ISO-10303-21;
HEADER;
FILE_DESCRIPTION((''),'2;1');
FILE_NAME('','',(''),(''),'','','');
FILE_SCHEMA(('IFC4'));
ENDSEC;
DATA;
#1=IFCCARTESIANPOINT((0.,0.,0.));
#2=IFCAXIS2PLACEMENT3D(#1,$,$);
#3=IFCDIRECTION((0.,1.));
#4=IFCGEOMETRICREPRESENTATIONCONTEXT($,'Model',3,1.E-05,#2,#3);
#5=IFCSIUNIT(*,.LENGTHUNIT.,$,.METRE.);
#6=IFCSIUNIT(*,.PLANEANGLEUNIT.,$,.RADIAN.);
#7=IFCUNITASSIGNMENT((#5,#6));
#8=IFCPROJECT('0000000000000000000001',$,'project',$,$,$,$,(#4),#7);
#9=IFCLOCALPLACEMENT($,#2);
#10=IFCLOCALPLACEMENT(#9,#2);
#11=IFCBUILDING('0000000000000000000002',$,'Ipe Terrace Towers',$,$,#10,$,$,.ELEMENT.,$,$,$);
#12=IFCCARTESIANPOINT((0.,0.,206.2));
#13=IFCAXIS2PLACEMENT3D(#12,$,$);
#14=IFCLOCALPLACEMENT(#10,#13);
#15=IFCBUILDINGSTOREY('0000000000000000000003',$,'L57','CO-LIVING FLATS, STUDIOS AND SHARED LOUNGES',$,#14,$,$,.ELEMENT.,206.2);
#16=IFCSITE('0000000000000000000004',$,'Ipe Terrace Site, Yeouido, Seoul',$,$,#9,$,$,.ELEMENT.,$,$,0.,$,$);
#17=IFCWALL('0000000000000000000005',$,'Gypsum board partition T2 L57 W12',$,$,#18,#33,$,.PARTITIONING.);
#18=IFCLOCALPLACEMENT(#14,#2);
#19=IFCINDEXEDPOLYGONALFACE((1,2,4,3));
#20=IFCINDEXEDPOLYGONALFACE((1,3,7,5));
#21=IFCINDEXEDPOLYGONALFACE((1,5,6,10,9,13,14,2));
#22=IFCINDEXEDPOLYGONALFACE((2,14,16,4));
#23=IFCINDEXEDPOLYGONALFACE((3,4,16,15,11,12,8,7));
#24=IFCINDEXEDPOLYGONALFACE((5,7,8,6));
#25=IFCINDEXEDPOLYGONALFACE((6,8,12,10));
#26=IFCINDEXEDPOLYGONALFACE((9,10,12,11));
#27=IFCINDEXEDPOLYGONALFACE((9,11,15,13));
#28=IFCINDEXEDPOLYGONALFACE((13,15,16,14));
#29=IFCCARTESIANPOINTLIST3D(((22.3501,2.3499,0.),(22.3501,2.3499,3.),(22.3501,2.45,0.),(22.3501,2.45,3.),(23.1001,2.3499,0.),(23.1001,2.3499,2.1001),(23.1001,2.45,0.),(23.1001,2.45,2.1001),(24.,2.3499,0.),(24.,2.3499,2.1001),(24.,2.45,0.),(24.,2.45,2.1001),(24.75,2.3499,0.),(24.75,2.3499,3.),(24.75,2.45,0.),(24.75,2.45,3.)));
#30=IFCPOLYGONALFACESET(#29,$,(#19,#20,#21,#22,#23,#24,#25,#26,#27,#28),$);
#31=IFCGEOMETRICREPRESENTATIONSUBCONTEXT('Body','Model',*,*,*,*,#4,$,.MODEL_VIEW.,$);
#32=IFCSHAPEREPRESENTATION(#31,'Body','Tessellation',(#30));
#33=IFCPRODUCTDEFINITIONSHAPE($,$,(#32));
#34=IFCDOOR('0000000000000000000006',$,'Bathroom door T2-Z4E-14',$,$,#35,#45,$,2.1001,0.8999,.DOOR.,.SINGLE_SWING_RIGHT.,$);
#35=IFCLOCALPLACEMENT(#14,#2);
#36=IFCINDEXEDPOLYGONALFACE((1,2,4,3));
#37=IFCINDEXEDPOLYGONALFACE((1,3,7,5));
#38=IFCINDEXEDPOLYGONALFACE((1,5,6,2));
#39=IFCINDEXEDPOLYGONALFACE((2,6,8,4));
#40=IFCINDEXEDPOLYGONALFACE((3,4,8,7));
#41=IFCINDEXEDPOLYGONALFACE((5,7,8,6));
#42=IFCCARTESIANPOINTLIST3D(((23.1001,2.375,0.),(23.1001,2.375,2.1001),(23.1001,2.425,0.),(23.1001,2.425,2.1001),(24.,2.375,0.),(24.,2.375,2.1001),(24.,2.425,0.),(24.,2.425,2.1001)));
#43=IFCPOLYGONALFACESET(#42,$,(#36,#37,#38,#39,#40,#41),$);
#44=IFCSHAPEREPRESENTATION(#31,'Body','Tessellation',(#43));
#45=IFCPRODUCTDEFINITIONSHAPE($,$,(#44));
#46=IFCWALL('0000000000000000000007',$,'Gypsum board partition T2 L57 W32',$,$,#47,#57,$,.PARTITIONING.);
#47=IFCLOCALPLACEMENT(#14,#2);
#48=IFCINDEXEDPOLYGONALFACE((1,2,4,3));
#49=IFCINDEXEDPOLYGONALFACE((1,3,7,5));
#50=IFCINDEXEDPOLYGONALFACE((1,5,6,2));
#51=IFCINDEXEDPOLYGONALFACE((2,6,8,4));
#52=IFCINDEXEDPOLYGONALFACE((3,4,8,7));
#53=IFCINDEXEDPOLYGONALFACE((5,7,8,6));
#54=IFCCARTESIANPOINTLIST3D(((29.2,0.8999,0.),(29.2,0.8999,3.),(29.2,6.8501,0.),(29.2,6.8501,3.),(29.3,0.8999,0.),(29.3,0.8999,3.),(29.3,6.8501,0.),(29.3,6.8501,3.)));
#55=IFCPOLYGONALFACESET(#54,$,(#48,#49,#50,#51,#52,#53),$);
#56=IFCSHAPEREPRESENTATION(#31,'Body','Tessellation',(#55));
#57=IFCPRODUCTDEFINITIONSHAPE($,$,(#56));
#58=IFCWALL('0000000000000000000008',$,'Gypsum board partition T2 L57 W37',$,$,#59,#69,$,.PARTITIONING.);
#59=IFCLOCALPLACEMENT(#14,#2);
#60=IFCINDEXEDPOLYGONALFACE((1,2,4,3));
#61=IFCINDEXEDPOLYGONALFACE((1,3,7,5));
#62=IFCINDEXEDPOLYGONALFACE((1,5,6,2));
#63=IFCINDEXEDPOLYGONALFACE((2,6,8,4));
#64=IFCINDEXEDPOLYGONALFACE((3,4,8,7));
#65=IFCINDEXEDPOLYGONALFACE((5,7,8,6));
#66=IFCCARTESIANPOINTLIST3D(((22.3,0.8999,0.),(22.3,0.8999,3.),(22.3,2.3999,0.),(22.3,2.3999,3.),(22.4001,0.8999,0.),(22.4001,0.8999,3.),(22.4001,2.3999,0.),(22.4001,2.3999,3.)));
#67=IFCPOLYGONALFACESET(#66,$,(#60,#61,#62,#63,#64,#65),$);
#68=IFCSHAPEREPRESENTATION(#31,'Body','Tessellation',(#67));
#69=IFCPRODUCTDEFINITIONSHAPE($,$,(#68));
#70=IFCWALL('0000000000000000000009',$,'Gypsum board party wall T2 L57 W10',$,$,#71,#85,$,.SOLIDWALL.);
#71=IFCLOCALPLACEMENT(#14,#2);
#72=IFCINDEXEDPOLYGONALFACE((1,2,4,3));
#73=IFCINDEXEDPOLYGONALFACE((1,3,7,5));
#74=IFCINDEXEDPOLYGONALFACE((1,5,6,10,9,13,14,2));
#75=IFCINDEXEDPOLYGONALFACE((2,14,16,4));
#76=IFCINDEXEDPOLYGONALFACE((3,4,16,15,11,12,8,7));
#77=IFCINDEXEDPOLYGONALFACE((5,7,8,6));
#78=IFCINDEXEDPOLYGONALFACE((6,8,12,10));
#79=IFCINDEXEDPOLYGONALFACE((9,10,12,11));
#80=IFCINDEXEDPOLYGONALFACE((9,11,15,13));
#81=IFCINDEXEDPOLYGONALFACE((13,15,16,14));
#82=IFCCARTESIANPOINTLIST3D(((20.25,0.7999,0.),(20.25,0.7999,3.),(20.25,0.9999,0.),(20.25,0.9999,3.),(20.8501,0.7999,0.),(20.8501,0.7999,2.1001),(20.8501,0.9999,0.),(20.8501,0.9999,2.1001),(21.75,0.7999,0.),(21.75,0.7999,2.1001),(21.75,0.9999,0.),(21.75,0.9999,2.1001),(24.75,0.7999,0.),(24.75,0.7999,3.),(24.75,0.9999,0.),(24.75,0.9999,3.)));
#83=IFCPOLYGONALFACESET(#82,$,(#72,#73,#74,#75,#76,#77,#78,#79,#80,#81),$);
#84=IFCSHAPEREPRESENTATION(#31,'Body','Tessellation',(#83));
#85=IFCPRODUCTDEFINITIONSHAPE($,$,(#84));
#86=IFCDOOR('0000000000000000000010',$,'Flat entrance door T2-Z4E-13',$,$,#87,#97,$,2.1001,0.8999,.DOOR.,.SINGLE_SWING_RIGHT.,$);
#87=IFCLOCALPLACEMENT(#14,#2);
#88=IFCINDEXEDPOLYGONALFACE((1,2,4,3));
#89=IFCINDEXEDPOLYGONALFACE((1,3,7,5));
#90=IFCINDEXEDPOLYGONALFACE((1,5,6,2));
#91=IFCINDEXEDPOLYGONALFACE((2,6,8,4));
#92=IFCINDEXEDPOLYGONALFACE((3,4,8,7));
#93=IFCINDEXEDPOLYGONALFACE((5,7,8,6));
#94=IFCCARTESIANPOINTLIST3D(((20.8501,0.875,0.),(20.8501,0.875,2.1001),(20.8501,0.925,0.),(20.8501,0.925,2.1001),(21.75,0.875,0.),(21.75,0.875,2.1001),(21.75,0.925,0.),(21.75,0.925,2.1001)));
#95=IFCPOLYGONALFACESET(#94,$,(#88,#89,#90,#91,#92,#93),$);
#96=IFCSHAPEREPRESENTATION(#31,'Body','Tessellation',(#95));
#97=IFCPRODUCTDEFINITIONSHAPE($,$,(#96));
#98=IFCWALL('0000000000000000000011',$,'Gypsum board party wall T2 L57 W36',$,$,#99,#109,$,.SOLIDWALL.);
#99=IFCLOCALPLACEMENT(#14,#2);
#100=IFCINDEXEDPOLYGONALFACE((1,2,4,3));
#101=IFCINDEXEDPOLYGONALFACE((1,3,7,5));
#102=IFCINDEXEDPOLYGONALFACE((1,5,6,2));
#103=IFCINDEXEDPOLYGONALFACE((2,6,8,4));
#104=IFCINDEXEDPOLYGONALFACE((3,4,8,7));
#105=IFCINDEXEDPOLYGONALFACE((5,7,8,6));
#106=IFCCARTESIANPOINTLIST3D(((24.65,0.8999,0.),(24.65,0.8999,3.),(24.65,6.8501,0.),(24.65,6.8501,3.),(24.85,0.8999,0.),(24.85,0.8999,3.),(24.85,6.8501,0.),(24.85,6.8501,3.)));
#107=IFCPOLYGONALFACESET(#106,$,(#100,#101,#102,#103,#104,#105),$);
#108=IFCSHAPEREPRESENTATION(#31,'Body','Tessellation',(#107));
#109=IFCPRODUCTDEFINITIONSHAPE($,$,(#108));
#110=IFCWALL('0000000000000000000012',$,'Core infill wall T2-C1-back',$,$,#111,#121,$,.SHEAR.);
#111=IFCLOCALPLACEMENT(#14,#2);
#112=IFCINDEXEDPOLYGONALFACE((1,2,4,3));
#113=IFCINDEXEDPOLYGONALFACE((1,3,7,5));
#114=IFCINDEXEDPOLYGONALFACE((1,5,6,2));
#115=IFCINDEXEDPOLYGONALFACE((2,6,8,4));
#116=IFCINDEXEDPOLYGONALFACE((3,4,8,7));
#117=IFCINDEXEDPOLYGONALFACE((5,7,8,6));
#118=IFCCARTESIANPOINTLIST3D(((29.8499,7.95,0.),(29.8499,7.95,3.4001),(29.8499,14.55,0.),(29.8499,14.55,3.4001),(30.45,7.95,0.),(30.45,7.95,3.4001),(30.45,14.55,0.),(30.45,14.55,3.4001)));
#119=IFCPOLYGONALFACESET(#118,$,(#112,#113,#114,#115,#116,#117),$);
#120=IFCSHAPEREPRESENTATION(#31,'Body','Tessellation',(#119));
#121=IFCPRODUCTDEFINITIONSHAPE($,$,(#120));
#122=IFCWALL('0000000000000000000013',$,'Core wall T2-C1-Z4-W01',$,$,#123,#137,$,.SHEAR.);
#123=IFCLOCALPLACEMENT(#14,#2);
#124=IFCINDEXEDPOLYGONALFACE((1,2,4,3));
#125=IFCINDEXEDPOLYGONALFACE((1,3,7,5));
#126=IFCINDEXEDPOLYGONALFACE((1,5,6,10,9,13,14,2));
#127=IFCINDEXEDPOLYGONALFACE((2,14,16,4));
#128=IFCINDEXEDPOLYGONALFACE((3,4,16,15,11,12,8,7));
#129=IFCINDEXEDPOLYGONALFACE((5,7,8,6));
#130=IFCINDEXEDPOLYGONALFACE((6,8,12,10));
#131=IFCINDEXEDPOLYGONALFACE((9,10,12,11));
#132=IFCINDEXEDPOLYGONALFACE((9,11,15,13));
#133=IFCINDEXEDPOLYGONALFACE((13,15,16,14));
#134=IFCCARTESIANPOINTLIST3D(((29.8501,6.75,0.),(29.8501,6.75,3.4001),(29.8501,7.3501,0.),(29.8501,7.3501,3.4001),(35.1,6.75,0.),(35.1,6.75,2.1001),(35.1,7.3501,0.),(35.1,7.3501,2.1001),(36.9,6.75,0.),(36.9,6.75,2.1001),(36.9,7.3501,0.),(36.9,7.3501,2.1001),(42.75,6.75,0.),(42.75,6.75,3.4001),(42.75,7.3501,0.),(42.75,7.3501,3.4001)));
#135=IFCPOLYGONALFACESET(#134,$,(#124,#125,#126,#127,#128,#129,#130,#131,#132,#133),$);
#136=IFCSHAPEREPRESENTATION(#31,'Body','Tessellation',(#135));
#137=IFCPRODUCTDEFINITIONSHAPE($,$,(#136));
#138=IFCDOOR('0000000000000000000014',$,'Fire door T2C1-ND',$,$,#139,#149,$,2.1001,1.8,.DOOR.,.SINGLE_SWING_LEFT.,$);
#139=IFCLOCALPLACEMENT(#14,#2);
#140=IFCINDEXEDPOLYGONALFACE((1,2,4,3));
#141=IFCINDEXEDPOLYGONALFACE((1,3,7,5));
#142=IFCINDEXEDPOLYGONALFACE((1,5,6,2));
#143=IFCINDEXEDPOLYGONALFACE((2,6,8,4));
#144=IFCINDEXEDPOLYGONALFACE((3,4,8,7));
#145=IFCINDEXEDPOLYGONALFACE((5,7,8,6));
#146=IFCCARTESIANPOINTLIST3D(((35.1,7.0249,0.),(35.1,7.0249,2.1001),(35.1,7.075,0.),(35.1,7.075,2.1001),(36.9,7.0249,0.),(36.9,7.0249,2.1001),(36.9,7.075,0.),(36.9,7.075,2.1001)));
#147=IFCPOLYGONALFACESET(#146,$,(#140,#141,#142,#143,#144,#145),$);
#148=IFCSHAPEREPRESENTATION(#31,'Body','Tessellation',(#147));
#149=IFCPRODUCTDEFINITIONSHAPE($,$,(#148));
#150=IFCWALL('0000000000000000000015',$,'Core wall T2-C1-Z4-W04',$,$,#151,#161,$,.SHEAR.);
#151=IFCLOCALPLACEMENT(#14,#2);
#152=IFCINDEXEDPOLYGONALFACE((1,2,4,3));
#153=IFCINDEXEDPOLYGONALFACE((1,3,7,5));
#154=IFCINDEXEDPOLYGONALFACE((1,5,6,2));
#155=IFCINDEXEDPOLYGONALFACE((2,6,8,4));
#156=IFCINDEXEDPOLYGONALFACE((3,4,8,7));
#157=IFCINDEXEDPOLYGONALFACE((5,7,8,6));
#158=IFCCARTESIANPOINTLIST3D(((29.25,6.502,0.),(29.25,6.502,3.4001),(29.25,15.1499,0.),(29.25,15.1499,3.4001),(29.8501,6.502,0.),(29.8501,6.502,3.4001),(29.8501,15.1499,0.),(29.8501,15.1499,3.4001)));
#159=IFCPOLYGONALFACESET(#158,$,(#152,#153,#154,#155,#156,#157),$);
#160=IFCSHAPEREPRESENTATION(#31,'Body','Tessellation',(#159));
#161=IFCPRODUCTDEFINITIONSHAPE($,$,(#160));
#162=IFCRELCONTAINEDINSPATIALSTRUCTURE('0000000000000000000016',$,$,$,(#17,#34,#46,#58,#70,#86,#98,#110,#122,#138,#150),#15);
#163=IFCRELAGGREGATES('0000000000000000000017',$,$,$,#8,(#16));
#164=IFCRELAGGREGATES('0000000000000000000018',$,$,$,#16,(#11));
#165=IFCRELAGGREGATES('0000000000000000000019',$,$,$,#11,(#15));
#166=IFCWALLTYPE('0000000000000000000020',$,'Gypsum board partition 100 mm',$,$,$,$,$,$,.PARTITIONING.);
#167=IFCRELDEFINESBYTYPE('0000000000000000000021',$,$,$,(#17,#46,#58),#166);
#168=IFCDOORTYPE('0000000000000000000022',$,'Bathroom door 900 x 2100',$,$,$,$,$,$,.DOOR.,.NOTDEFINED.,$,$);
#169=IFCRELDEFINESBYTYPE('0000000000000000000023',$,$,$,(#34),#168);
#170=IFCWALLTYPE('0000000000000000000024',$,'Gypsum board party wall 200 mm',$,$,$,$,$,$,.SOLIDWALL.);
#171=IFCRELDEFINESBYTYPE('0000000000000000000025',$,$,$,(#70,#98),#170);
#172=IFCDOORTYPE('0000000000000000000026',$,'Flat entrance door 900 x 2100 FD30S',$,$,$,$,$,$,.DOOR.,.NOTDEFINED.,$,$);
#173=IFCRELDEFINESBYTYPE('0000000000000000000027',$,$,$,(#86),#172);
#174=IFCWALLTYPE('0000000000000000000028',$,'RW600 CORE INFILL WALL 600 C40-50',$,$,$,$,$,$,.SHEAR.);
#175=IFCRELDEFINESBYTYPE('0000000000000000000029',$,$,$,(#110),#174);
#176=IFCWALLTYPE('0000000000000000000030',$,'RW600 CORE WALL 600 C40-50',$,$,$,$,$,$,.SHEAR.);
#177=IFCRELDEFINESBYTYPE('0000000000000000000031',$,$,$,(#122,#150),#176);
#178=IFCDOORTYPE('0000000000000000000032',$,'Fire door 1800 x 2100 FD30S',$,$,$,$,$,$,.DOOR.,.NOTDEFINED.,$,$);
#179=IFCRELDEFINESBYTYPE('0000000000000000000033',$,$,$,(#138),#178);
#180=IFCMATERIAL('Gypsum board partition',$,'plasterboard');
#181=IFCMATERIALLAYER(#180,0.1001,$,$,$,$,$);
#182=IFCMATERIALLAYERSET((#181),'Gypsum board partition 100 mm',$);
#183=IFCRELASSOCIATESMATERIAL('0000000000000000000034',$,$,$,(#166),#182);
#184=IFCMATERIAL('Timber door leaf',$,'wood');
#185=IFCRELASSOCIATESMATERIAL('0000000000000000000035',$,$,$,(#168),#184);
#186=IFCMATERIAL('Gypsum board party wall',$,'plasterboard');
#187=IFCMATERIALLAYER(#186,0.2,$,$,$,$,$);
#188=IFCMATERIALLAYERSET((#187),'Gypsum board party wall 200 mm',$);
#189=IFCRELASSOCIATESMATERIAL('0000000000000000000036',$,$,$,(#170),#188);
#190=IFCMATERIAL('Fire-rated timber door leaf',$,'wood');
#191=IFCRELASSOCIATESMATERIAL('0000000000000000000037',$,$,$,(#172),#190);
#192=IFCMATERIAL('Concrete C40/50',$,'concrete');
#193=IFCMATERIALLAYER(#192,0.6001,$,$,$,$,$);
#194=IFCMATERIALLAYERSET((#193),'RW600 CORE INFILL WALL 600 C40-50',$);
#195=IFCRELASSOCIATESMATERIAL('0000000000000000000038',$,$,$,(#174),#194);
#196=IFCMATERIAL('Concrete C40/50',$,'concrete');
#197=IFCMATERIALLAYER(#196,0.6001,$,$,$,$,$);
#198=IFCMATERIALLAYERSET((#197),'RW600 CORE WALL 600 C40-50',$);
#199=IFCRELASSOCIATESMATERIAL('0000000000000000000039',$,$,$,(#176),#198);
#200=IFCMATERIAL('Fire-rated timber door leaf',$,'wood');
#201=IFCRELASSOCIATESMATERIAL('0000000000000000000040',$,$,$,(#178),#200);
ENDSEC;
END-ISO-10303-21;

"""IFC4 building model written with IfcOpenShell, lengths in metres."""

from ifc_helpers import new_model, si_unit, direction, frame, frame_2d, origin, place, context, subcontext, project, spatial, rectangle, extrude, material, layer, layer_set, type_object, element, fill, save


model = new_model("IFC4")

# Units and contexts
model_context = context("Model", 3, precision=1e-05, world=origin(), true_north=direction((0.0, 1.0)))
body_context = subcontext(model_context, "Body", "Model", "MODEL_VIEW")
ifc_project = project(units=[si_unit("LENGTHUNIT", "METRE"), si_unit("PLANEANGLEUNIT", "RADIAN")], contexts=[model_context])

# Site, building, storey
site_placement = place(None, origin())
site = spatial("IfcSite", under=ifc_project, at=site_placement, Name="Ipe Terrace Site, Yeouido, Seoul", CompositionType="ELEMENT", RefElevation=0.0)
building_placement = place(site_placement, origin())
building = spatial("IfcBuilding", under=site, at=building_placement, Name="Ipe Terrace Towers", CompositionType="ELEMENT")
storey_placement = place(building_placement, frame((0.0, 0.0, 206.2)))
storey = spatial("IfcBuildingStorey", under=building, at=storey_placement, Name="L57", Description="CO-LIVING FLATS, STUDIOS AND SHARED LOUNGES", CompositionType="ELEMENT", Elevation=206.2)

# Wall, opening, door
ifc_material_1 = material(Name="Gypsum board partition", Category="plasterboard")
ifc_layer_1 = layer(ifc_material_1, 0.1001)
ifc_layer_set_1 = layer_set([ifc_layer_1], Name="Gypsum board partition 100 mm")
wall_type_1 = type_object("IfcWallType", Name="Gypsum board partition 100 mm", PredefinedType="PARTITIONING", material=ifc_layer_set_1)
wall_1_placement = place(storey_placement, frame((24.75, 2.3999, 0.0), z_axis=(0.0, 0.0, 1.0), x_axis=(-1.0, 0.0, 0.0)))
wall_1 = element("IfcWall", 1, at=wall_1_placement, inside=storey, type_object=wall_type_1, Name="Gypsum board partition T2 L57 W12", PredefinedType="PARTITIONING", context=body_context, shape_type="SweptSolid", body=[
    extrude(rectangle(XDim=2.3999, YDim=0.1001, at=frame_2d((1.2, 0.0))), origin(), (0.0, 0.0, 1.0), 3.0),
])
opening_1_placement = place(wall_1_placement, frame((0.75, 0.0, 0.0)))
opening_1 = element("IfcOpeningElement", 2, at=opening_1_placement, cuts=wall_1, PredefinedType="OPENING", context=body_context, shape_type="SweptSolid", body=[
    extrude(rectangle(XDim=0.8999, YDim=2.1001, at=frame_2d((0.45, 1.05))), frame((0.0, 0.0601, 0.0), z_axis=(0.0, -1.0, 0.0), x_axis=(1.0, 0.0, 0.0)), (0.0, 0.0, 1.0), 0.1201),
])
ifc_material_2 = material(Name="Timber door leaf", Category="wood")
door_type_1 = type_object("IfcDoorType", Name="Bathroom door 900 x 2100", OperationType="NOTDEFINED", PredefinedType="DOOR", material=ifc_material_2)
door_1_placement = place(opening_1_placement, origin())
door_1 = element("IfcDoor", 3, at=door_1_placement, inside=storey, type_object=door_type_1, Name="Bathroom door T2-Z4E-14", OperationType="SINGLE_SWING_RIGHT", OverallHeight=2.1001, OverallWidth=0.8999, PredefinedType="DOOR", context=body_context, shape_type="SweptSolid", body=[
    extrude(rectangle(XDim=0.8999, YDim=2.1001, at=frame_2d((0.45, 1.05))), frame((0.0, 0.0249, 0.0), z_axis=(0.0, -1.0, 0.0), x_axis=(1.0, 0.0, 0.0)), (0.0, 0.0, 1.0), 0.05),
])
fill(opening_1, door_1)

# Walls
wall_2_placement = place(storey_placement, frame((29.25, 0.8999, 0.0), z_axis=(0.0, 0.0, 1.0), x_axis=(0.0, 1.0, 0.0)))
element("IfcWall", 4, at=wall_2_placement, inside=storey, type_object=wall_type_1, Name="Gypsum board partition T2 L57 W32", PredefinedType="PARTITIONING", context=body_context, shape_type="SweptSolid", body=[
    extrude(rectangle(XDim=5.9502, YDim=0.1001, at=frame_2d((2.9751, 0.0))), origin(), (0.0, 0.0, 1.0), 3.0),
])
wall_3_placement = place(storey_placement, frame((22.3501, 0.8999, 0.0), z_axis=(0.0, 0.0, 1.0), x_axis=(0.0, 1.0, 0.0)))
element("IfcWall", 5, at=wall_3_placement, inside=storey, type_object=wall_type_1, Name="Gypsum board partition T2 L57 W37", PredefinedType="PARTITIONING", context=body_context, shape_type="SweptSolid", body=[
    extrude(rectangle(XDim=1.5, YDim=0.1001, at=frame_2d((0.75, 0.0))), origin(), (0.0, 0.0, 1.0), 3.0),
])

# Wall, opening, door
ifc_material_3 = material(Name="Gypsum board party wall", Category="plasterboard")
ifc_layer_2 = layer(ifc_material_3, 0.2)
ifc_layer_set_2 = layer_set([ifc_layer_2], Name="Gypsum board party wall 200 mm")
wall_type_2 = type_object("IfcWallType", Name="Gypsum board party wall 200 mm", PredefinedType="SOLIDWALL", material=ifc_layer_set_2)
wall_4_placement = place(storey_placement, frame((24.75, 0.8999, 0.0), z_axis=(0.0, 0.0, 1.0), x_axis=(-1.0, 0.0, 0.0)))
wall_4 = element("IfcWall", 6, at=wall_4_placement, inside=storey, type_object=wall_type_2, Name="Gypsum board party wall T2 L57 W10", PredefinedType="SOLIDWALL", context=body_context, shape_type="SweptSolid", body=[
    extrude(rectangle(XDim=4.5, YDim=0.2, at=frame_2d((2.25, 0.0))), origin(), (0.0, 0.0, 1.0), 3.0),
])
opening_2_placement = place(wall_4_placement, frame((3.0, 0.0, 0.0)))
opening_2 = element("IfcOpeningElement", 7, at=opening_2_placement, cuts=wall_4, PredefinedType="OPENING", context=body_context, shape_type="SweptSolid", body=[
    extrude(rectangle(XDim=0.8999, YDim=2.1001, at=frame_2d((0.45, 1.05))), frame((0.0, 0.1099, 0.0), z_axis=(0.0, -1.0, 0.0), x_axis=(1.0, 0.0, 0.0)), (0.0, 0.0, 1.0), 0.22),
])
ifc_material_4 = material(Name="Fire-rated timber door leaf", Category="wood")
door_type_2 = type_object("IfcDoorType", Name="Flat entrance door 900 x 2100 FD30S", OperationType="NOTDEFINED", PredefinedType="DOOR", material=ifc_material_4)
door_2_placement = place(opening_2_placement, origin())
door_2 = element("IfcDoor", 8, at=door_2_placement, inside=storey, type_object=door_type_2, Name="Flat entrance door T2-Z4E-13", OperationType="SINGLE_SWING_RIGHT", OverallHeight=2.1001, OverallWidth=0.8999, PredefinedType="DOOR", context=body_context, shape_type="SweptSolid", body=[
    extrude(rectangle(XDim=0.8999, YDim=2.1001, at=frame_2d((0.45, 1.05))), frame((0.0, 0.0249, 0.0), z_axis=(0.0, -1.0, 0.0), x_axis=(1.0, 0.0, 0.0)), (0.0, 0.0, 1.0), 0.05),
])
fill(opening_2, door_2)

# Walls
wall_5_placement = place(storey_placement, frame((24.75, 0.8999, 0.0), z_axis=(0.0, 0.0, 1.0), x_axis=(0.0, 1.0, 0.0)))
element("IfcWall", 9, at=wall_5_placement, inside=storey, type_object=wall_type_2, Name="Gypsum board party wall T2 L57 W36", PredefinedType="SOLIDWALL", context=body_context, shape_type="SweptSolid", body=[
    extrude(rectangle(XDim=5.9502, YDim=0.2, at=frame_2d((2.9751, 0.0))), origin(), (0.0, 0.0, 1.0), 3.0),
])
ifc_material_5 = material(Name="Concrete C40/50", Category="concrete")
ifc_layer_3 = layer(ifc_material_5, 0.6001)
ifc_layer_set_3 = layer_set([ifc_layer_3], Name="RW600 CORE INFILL WALL 600 C40-50")
wall_type_3 = type_object("IfcWallType", Name="RW600 CORE INFILL WALL 600 C40-50", PredefinedType="SHEAR", material=ifc_layer_set_3)
wall_6_placement = place(storey_placement, frame((30.1499, 7.95, 0.0), z_axis=(0.0, 0.0, 1.0), x_axis=(0.0, 1.0, 0.0)))
element("IfcWall", 10, at=wall_6_placement, inside=storey, type_object=wall_type_3, Name="Core infill wall T2-C1-back", PredefinedType="SHEAR", context=body_context, shape_type="SweptSolid", body=[
    extrude(rectangle(XDim=6.6001, YDim=0.6001, at=frame_2d((3.3, 0.0))), origin(), (0.0, 0.0, 1.0), 3.4001),
])

# Wall, opening, door
ifc_material_6 = material(Name="Concrete C40/50", Category="concrete")
ifc_layer_4 = layer(ifc_material_6, 0.6001)
ifc_layer_set_4 = layer_set([ifc_layer_4], Name="RW600 CORE WALL 600 C40-50")
wall_type_4 = type_object("IfcWallType", Name="RW600 CORE WALL 600 C40-50", PredefinedType="SHEAR", material=ifc_layer_set_4)
wall_7_placement = place(storey_placement, frame((29.8501, 7.05, 0.0), z_axis=(0.0, 0.0, 1.0), x_axis=(1.0, 0.0, 0.0)))
wall_7 = element("IfcWall", 11, at=wall_7_placement, inside=storey, type_object=wall_type_4, Name="Core wall T2-C1-Z4-W01", PredefinedType="SHEAR", context=body_context, shape_type="SweptSolid", body=[
    extrude(rectangle(XDim=12.8999, YDim=0.6001, at=frame_2d((6.45, 0.0))), origin(), (0.0, 0.0, 1.0), 3.4001),
])
opening_3_placement = place(wall_7_placement, frame((5.25, 0.0, 0.0)))
opening_3 = element("IfcOpeningElement", 12, at=opening_3_placement, cuts=wall_7, PredefinedType="OPENING", context=body_context, shape_type="SweptSolid", body=[
    extrude(rectangle(XDim=1.8, YDim=2.1001, at=frame_2d((0.8999, 1.05))), frame((0.0, 0.3101, 0.0), z_axis=(0.0, -1.0, 0.0), x_axis=(1.0, 0.0, 0.0)), (0.0, 0.0, 1.0), 0.6201),
])
ifc_material_7 = material(Name="Fire-rated timber door leaf", Category="wood")
door_type_3 = type_object("IfcDoorType", Name="Fire door 1800 x 2100 FD30S", OperationType="NOTDEFINED", PredefinedType="DOOR", material=ifc_material_7)
door_3_placement = place(opening_3_placement, origin())
door_3 = element("IfcDoor", 13, at=door_3_placement, inside=storey, type_object=door_type_3, Name="Fire door T2C1-ND", OperationType="SINGLE_SWING_LEFT", OverallHeight=2.1001, OverallWidth=1.8, PredefinedType="DOOR", context=body_context, shape_type="SweptSolid", body=[
    extrude(rectangle(XDim=1.8, YDim=2.1001, at=frame_2d((0.8999, 1.05))), frame((0.0, 0.0249, 0.0), z_axis=(0.0, -1.0, 0.0), x_axis=(1.0, 0.0, 0.0)), (0.0, 0.0, 1.0), 0.05),
])
fill(opening_3, door_3)

# Wall
wall_8_placement = place(storey_placement, frame((29.55, 15.1499, 0.0), z_axis=(0.0, 0.0, 1.0), x_axis=(0.0, -1.0, 0.0)))
element("IfcWall", 14, at=wall_8_placement, inside=storey, type_object=wall_type_4, Name="Core wall T2-C1-Z4-W04", PredefinedType="SHEAR", context=body_context, shape_type="SweptSolid", body=[
    extrude(rectangle(XDim=8.6479, YDim=0.6001, at=frame_2d((4.324, 0.0))), origin(), (0.0, 0.0, 1.0), 3.4001),
])

save(model, "model.ifc")
